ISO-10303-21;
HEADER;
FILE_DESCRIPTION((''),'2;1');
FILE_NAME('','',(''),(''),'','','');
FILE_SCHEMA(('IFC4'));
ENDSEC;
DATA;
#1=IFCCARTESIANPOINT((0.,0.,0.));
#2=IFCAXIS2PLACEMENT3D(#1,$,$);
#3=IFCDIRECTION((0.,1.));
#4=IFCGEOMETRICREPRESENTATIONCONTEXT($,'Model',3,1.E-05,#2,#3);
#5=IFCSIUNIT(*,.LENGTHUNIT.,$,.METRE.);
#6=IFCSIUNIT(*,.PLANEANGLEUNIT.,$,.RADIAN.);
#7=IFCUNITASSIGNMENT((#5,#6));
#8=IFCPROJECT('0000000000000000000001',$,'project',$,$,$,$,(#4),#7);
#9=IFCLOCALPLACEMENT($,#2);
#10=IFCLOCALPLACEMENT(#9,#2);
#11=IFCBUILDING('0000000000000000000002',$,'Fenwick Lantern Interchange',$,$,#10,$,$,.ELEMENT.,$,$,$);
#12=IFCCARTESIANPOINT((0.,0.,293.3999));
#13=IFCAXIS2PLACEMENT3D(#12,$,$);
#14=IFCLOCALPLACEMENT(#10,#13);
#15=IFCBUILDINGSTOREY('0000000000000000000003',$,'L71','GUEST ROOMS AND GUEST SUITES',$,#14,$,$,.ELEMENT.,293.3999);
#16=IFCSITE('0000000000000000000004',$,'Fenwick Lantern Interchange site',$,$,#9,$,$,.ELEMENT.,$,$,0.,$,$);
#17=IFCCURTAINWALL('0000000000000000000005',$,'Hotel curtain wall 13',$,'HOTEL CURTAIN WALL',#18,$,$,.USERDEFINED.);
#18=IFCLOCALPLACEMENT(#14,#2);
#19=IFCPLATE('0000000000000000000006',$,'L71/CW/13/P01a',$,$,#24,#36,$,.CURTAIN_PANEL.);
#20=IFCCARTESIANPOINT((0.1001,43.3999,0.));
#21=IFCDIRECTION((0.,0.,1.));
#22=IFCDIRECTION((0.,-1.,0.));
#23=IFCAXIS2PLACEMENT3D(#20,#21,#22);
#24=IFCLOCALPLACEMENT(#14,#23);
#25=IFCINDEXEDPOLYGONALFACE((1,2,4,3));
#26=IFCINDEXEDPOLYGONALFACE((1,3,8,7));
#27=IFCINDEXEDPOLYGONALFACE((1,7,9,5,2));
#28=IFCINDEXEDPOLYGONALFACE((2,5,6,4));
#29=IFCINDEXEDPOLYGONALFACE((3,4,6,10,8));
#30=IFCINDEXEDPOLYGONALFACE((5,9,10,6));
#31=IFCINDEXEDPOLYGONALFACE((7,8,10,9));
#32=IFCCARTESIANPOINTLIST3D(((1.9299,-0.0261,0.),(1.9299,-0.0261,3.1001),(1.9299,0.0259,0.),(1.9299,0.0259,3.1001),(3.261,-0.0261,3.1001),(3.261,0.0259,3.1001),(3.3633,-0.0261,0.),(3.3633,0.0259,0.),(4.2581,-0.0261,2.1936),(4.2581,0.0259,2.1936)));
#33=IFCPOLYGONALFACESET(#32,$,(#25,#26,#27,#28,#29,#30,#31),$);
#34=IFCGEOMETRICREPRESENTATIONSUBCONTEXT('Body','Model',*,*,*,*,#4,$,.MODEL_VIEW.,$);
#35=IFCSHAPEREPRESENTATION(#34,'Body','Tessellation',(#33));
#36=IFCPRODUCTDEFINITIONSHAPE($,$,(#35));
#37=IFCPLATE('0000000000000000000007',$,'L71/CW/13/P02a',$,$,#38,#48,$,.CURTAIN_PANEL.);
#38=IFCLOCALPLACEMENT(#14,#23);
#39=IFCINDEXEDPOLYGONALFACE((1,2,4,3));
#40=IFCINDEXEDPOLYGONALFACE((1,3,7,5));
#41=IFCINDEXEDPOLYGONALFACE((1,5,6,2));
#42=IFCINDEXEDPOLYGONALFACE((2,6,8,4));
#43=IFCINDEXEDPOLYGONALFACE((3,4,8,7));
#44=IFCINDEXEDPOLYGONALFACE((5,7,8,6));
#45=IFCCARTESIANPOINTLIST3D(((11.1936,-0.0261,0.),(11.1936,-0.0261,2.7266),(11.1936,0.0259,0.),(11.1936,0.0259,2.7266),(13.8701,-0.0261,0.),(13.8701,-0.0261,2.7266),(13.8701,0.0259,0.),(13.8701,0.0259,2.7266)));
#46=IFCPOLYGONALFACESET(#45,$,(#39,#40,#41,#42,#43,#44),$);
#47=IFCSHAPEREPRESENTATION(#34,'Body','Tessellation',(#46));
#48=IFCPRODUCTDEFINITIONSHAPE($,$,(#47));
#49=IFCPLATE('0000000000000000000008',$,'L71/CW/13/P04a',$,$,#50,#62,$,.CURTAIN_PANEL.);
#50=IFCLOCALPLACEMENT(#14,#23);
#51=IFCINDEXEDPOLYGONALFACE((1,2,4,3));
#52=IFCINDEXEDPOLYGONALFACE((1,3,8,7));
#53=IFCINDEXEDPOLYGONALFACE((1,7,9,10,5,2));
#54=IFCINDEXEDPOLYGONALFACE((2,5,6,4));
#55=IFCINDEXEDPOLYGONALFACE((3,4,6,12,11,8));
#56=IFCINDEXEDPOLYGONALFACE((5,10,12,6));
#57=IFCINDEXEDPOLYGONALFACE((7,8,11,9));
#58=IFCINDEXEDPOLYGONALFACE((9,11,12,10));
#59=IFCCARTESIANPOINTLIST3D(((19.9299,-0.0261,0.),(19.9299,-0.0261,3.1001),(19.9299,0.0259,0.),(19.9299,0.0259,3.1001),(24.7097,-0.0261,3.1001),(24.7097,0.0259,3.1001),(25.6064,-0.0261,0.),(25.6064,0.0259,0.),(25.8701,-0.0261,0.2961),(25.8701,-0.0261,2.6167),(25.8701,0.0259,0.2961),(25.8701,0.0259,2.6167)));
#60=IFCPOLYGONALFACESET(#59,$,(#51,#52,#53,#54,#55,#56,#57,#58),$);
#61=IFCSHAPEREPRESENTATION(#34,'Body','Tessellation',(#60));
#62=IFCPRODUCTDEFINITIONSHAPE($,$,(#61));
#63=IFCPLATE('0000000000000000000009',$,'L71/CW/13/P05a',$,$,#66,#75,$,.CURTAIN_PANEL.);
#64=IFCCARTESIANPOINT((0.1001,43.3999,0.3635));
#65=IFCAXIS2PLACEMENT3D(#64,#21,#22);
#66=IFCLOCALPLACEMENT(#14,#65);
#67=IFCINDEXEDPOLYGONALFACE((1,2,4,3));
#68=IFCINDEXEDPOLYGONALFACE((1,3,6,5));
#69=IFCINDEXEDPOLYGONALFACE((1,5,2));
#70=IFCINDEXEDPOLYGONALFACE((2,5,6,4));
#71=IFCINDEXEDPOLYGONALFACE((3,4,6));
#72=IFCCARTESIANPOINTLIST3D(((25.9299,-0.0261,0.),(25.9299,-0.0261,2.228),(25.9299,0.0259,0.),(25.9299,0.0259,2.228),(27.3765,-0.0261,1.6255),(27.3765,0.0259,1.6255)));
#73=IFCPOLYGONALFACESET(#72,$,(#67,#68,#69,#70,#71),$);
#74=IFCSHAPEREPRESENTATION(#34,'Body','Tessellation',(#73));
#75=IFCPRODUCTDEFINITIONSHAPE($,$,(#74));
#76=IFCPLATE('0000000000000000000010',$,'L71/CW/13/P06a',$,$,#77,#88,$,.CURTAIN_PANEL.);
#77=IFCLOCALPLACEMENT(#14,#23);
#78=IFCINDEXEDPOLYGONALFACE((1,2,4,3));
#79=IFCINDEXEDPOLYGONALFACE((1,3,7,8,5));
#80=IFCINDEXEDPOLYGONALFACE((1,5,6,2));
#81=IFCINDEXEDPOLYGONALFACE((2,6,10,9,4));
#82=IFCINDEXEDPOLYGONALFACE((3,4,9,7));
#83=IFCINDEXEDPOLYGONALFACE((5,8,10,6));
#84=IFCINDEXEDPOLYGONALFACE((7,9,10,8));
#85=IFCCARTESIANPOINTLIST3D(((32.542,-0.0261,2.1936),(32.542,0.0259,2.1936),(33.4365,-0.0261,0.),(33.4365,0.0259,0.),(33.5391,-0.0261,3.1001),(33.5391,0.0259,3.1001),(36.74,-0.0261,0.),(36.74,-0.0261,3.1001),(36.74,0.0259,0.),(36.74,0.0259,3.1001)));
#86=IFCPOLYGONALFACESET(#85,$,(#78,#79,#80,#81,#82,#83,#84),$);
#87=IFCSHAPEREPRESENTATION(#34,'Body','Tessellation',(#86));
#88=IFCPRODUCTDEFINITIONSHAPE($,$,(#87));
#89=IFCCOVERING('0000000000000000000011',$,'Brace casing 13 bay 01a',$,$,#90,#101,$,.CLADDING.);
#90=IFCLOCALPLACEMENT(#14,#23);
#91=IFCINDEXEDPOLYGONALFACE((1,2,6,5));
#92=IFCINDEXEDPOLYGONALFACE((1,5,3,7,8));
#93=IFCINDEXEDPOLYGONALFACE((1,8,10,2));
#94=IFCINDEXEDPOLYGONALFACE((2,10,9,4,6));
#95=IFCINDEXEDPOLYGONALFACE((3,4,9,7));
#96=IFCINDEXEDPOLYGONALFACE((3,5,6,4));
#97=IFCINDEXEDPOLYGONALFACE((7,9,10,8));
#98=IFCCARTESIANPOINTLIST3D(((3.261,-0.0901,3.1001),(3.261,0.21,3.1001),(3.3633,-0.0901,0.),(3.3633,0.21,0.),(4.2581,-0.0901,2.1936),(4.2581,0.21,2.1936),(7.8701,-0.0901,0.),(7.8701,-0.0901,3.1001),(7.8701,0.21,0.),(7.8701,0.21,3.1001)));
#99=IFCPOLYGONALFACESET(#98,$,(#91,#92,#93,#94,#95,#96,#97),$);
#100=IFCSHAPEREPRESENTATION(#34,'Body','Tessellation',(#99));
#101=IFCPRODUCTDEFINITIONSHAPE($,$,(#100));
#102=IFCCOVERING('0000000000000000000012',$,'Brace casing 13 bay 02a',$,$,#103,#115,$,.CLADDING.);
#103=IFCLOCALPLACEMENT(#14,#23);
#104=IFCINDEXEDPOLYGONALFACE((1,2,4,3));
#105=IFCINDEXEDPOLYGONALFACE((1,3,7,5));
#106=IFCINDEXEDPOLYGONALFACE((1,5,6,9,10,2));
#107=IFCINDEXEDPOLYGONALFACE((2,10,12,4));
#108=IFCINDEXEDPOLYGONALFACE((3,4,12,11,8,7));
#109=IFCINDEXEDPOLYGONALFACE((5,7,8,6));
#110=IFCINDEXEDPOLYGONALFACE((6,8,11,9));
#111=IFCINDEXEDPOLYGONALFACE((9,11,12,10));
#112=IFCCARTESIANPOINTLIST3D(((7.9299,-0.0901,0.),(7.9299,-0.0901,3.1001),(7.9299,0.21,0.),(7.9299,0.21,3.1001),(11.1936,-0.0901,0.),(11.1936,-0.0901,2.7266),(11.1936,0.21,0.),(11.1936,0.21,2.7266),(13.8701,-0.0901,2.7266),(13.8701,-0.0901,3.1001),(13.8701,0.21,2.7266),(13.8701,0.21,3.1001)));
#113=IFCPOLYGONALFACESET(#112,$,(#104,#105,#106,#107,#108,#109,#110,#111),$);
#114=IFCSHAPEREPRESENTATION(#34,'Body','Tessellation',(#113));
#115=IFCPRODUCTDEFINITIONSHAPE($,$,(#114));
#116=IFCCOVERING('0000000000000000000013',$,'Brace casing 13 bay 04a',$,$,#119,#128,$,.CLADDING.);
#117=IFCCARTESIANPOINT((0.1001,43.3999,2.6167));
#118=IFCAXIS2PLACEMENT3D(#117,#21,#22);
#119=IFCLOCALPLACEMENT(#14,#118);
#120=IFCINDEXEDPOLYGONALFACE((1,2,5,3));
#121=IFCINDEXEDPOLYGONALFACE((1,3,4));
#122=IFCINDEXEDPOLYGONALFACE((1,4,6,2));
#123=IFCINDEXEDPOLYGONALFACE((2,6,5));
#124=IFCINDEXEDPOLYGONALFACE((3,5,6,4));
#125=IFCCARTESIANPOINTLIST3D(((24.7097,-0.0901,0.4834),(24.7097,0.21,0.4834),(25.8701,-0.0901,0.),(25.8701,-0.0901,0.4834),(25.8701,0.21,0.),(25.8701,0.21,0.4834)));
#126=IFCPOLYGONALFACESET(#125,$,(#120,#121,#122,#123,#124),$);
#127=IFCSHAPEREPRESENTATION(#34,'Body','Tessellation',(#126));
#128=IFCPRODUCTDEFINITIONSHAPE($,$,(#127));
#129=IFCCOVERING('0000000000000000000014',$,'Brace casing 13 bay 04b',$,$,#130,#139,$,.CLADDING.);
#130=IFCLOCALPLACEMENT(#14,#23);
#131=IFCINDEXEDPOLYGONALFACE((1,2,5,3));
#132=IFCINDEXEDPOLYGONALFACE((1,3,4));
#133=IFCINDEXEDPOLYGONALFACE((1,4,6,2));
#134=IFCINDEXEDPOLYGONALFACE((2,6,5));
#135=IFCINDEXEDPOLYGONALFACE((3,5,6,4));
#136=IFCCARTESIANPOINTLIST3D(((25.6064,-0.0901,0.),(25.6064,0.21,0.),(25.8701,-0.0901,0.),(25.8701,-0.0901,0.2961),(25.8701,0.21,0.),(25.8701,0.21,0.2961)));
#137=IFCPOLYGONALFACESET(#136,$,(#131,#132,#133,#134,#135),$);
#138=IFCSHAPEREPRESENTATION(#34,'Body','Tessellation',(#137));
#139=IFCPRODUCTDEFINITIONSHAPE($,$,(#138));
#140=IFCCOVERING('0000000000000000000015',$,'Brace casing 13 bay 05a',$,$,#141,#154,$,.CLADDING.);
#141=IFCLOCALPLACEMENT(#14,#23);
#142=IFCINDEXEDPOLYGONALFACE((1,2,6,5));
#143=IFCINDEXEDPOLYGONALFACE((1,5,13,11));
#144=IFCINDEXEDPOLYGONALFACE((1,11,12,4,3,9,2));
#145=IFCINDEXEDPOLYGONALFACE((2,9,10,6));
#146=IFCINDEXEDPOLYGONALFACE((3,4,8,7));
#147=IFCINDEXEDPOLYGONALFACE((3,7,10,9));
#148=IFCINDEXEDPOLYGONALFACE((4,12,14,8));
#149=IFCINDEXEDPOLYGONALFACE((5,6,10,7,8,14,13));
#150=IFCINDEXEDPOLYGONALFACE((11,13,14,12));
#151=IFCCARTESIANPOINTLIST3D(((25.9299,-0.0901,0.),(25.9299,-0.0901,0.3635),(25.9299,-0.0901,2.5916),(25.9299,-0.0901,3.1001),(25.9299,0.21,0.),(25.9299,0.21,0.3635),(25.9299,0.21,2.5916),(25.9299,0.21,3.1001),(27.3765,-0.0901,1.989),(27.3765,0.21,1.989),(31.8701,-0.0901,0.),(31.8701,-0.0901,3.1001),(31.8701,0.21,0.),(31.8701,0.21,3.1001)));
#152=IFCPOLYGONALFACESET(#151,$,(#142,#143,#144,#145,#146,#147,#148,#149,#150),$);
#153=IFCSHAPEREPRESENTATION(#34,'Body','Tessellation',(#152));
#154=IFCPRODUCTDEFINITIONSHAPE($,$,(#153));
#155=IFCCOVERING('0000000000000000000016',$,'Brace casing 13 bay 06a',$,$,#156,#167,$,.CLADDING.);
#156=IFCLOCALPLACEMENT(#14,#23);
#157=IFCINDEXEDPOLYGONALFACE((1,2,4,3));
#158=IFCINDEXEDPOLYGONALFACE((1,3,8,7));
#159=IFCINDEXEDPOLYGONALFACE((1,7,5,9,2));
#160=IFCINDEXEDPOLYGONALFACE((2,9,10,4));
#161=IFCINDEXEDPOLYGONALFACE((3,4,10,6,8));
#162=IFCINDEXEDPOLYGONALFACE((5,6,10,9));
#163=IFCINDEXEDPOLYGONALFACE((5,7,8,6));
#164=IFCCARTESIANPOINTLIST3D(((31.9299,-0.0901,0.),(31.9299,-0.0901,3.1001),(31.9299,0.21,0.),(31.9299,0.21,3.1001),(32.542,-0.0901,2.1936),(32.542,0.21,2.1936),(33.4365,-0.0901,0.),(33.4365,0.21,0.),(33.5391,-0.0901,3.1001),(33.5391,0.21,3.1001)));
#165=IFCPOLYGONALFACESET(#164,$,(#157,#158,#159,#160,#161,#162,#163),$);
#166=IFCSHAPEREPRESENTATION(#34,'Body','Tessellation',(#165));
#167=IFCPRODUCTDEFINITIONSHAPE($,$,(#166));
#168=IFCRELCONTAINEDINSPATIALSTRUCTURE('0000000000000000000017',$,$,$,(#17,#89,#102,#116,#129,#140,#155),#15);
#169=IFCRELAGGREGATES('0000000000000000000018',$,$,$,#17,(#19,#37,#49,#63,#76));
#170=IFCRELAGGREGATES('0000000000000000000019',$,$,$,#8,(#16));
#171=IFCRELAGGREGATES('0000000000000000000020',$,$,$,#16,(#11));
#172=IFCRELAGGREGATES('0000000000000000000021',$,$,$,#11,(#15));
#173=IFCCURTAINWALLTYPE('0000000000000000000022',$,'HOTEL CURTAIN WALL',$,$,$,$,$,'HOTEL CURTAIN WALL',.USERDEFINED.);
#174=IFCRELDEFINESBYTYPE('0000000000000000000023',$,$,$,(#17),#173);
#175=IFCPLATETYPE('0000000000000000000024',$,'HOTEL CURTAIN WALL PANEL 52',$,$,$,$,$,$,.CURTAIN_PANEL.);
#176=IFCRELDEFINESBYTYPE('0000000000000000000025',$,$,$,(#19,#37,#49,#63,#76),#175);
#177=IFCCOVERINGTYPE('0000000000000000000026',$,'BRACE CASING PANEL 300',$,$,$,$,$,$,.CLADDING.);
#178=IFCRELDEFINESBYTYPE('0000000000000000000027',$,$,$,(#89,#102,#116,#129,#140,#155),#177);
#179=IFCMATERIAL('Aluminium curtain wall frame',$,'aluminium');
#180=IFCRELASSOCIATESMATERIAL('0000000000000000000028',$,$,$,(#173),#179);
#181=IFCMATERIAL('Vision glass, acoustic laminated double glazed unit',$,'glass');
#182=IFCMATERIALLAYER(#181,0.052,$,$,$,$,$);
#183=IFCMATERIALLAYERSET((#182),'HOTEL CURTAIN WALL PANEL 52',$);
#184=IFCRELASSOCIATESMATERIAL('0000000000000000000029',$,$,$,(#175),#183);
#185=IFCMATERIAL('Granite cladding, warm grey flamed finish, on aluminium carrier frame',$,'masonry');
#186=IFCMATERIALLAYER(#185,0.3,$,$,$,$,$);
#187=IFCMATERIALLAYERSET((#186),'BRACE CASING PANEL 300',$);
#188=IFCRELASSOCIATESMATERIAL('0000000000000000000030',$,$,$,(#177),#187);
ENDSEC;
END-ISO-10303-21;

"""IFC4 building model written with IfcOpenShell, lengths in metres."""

from ifc_helpers import new_model, si_unit, direction, frame, origin, place, context, subcontext, project, spatial, polyline, outline, extrude, material, layer, layer_set, type_object, element, aggregate, save


model = new_model("IFC4")

# Units and contexts
model_context = context("Model", 3, precision=1e-05, world=origin(), true_north=direction((0.0, 1.0)))
body_context = subcontext(model_context, "Body", "Model", "MODEL_VIEW")
ifc_project = project(units=[si_unit("LENGTHUNIT", "METRE"), si_unit("PLANEANGLEUNIT", "RADIAN")], contexts=[model_context])

# Site, building, storey
site_placement = place(None, origin())
site = spatial("IfcSite", under=ifc_project, at=site_placement, Name="Fenwick Lantern Interchange site", CompositionType="ELEMENT", RefElevation=0.0)
building_placement = place(site_placement, origin())
building = spatial("IfcBuilding", under=site, at=building_placement, Name="Fenwick Lantern Interchange", CompositionType="ELEMENT")
storey_placement = place(building_placement, frame((0.0, 0.0, 293.3999)))
storey = spatial("IfcBuildingStorey", under=building, at=storey_placement, Name="L71", Description="GUEST ROOMS AND GUEST SUITES", CompositionType="ELEMENT", Elevation=293.3999)

# Shared definitions
ifc_material_1 = material(Name="Aluminium curtain wall frame", Category="aluminium")
curtain_wall_type = type_object("IfcCurtainWallType", Name="HOTEL CURTAIN WALL", ElementType="HOTEL CURTAIN WALL", PredefinedType="USERDEFINED", material=ifc_material_1)

# Curtain wall
curtain_wall_1_placement = place(storey_placement, origin())
curtain_wall_1 = element("IfcCurtainWall", 1, at=curtain_wall_1_placement, inside=storey, type_object=curtain_wall_type, Name="Hotel curtain wall 13", ObjectType="HOTEL CURTAIN WALL", PredefinedType="USERDEFINED")

# Plates
ifc_material_2 = material(Name="Vision glass, acoustic laminated double glazed unit", Category="glass")
ifc_layer_1 = layer(ifc_material_2, 0.052)
ifc_layer_set_1 = layer_set([ifc_layer_1], Name="HOTEL CURTAIN WALL PANEL 52")
plate_type = type_object("IfcPlateType", Name="HOTEL CURTAIN WALL PANEL 52", PredefinedType="CURTAIN_PANEL", material=ifc_layer_set_1)
plate_1_placement = place(storey_placement, frame((0.1001, 43.3999, 0.0), z_axis=(0.0, 0.0, 1.0), x_axis=(0.0, -1.0, 0.0)))
plate_1 = element("IfcPlate", 2, at=plate_1_placement, type_object=plate_type, Name="L71/CW/13/P01a", PredefinedType="CURTAIN_PANEL", context=body_context, shape_type="SweptSolid", body=[
    extrude(outline(polyline([(1.9299, 0.0), (3.3633, 0.0), (4.2581, 2.1936), (3.261, 3.1001), (1.9299, 3.1001), (1.9299, 0.0)])), frame((0.0, 0.0259, 0.0), z_axis=(0.0, -1.0, 0.0), x_axis=(1.0, 0.0, 0.0)), (0.0, 0.0, 1.0), 0.052),
])
plate_2_placement = place(storey_placement, frame((0.1001, 43.3999, 0.0), z_axis=(0.0, 0.0, 1.0), x_axis=(0.0, -1.0, 0.0)))
plate_2 = element("IfcPlate", 3, at=plate_2_placement, type_object=plate_type, Name="L71/CW/13/P02a", PredefinedType="CURTAIN_PANEL", context=body_context, shape_type="SweptSolid", body=[
    extrude(outline(polyline([(11.1936, 0.0), (13.8701, 0.0), (13.8701, 2.7266), (11.1936, 2.7266), (11.1936, 0.0)])), frame((0.0, 0.0259, 0.0), z_axis=(0.0, -1.0, 0.0), x_axis=(1.0, 0.0, 0.0)), (0.0, 0.0, 1.0), 0.052),
])
plate_3_placement = place(storey_placement, frame((0.1001, 43.3999, 0.0), z_axis=(0.0, 0.0, 1.0), x_axis=(0.0, -1.0, 0.0)))
plate_3 = element("IfcPlate", 4, at=plate_3_placement, type_object=plate_type, Name="L71/CW/13/P04a", PredefinedType="CURTAIN_PANEL", context=body_context, shape_type="SweptSolid", body=[
    extrude(outline(polyline([(19.9299, 0.0), (25.6064, 0.0), (25.8701, 0.2961), (25.8701, 2.6167), (24.7097, 3.1001), (19.9299, 3.1001), (19.9299, 0.0)])), frame((0.0, 0.0259, 0.0), z_axis=(0.0, -1.0, 0.0), x_axis=(1.0, 0.0, 0.0)), (0.0, 0.0, 1.0), 0.052),
])
plate_4_placement = place(storey_placement, frame((0.1001, 43.3999, 0.3635), z_axis=(0.0, 0.0, 1.0), x_axis=(0.0, -1.0, 0.0)))
plate_4 = element("IfcPlate", 5, at=plate_4_placement, type_object=plate_type, Name="L71/CW/13/P05a", PredefinedType="CURTAIN_PANEL", context=body_context, shape_type="SweptSolid", body=[
    extrude(outline(polyline([(25.9299, 0.0), (27.3765, 1.6255), (25.9299, 2.228), (25.9299, 0.0)])), frame((0.0, 0.0259, 0.0), z_axis=(0.0, -1.0, 0.0), x_axis=(1.0, 0.0, 0.0)), (0.0, 0.0, 1.0), 0.052),
])
plate_5_placement = place(storey_placement, frame((0.1001, 43.3999, 0.0), z_axis=(0.0, 0.0, 1.0), x_axis=(0.0, -1.0, 0.0)))
plate_5 = element("IfcPlate", 6, at=plate_5_placement, type_object=plate_type, Name="L71/CW/13/P06a", PredefinedType="CURTAIN_PANEL", context=body_context, shape_type="SweptSolid", body=[
    extrude(outline(polyline([(33.4365, 0.0), (36.74, 0.0), (36.74, 3.1001), (33.5391, 3.1001), (32.542, 2.1936), (33.4365, 0.0)])), frame((0.0, 0.0259, 0.0), z_axis=(0.0, -1.0, 0.0), x_axis=(1.0, 0.0, 0.0)), (0.0, 0.0, 1.0), 0.052),
])
aggregate(curtain_wall_1, [plate_1, plate_2, plate_3, plate_4, plate_5])

# Coverings
ifc_material_3 = material(Name="Granite cladding, warm grey flamed finish, on aluminium carrier frame", Category="masonry")
ifc_layer_2 = layer(ifc_material_3, 0.3)
ifc_layer_set_2 = layer_set([ifc_layer_2], Name="BRACE CASING PANEL 300")
covering_type = type_object("IfcCoveringType", Name="BRACE CASING PANEL 300", PredefinedType="CLADDING", material=ifc_layer_set_2)
covering_1_placement = place(storey_placement, frame((0.1001, 43.3999, 0.0), z_axis=(0.0, 0.0, 1.0), x_axis=(0.0, -1.0, 0.0)))
element("IfcCovering", 7, at=covering_1_placement, inside=storey, type_object=covering_type, Name="Brace casing 13 bay 01a", PredefinedType="CLADDING", context=body_context, shape_type="SweptSolid", body=[
    extrude(outline(polyline([(3.3633, 0.0), (7.8701, 0.0), (7.8701, 3.1001), (3.261, 3.1001), (4.2581, 2.1936), (3.3633, 0.0)])), frame((0.0, 0.21, 0.0), z_axis=(0.0, -1.0, 0.0), x_axis=(1.0, 0.0, 0.0)), (0.0, 0.0, 1.0), 0.3),
])
covering_2_placement = place(storey_placement, frame((0.1001, 43.3999, 0.0), z_axis=(0.0, 0.0, 1.0), x_axis=(0.0, -1.0, 0.0)))
element("IfcCovering", 8, at=covering_2_placement, inside=storey, type_object=covering_type, Name="Brace casing 13 bay 02a", PredefinedType="CLADDING", context=body_context, shape_type="SweptSolid", body=[
    extrude(outline(polyline([(7.9299, 0.0), (11.1936, 0.0), (11.1936, 2.7266), (13.8701, 2.7266), (13.8701, 3.1001), (7.9299, 3.1001), (7.9299, 0.0)])), frame((0.0, 0.21, 0.0), z_axis=(0.0, -1.0, 0.0), x_axis=(1.0, 0.0, 0.0)), (0.0, 0.0, 1.0), 0.3),
])
covering_3_placement = place(storey_placement, frame((0.1001, 43.3999, 2.6167), z_axis=(0.0, 0.0, 1.0), x_axis=(0.0, -1.0, 0.0)))
element("IfcCovering", 9, at=covering_3_placement, inside=storey, type_object=covering_type, Name="Brace casing 13 bay 04a", PredefinedType="CLADDING", context=body_context, shape_type="SweptSolid", body=[
    extrude(outline(polyline([(25.8701, 0.0), (25.8701, 0.4834), (24.7097, 0.4834), (25.8701, 0.0)])), frame((0.0, 0.21, 0.0), z_axis=(0.0, -1.0, 0.0), x_axis=(1.0, 0.0, 0.0)), (0.0, 0.0, 1.0), 0.3),
])
covering_4_placement = place(storey_placement, frame((0.1001, 43.3999, 0.0), z_axis=(0.0, 0.0, 1.0), x_axis=(0.0, -1.0, 0.0)))
element("IfcCovering", 10, at=covering_4_placement, inside=storey, type_object=covering_type, Name="Brace casing 13 bay 04b", PredefinedType="CLADDING", context=body_context, shape_type="SweptSolid", body=[
    extrude(outline(polyline([(25.6064, 0.0), (25.8701, 0.0), (25.8701, 0.2961), (25.6064, 0.0)])), frame((0.0, 0.21, 0.0), z_axis=(0.0, -1.0, 0.0), x_axis=(1.0, 0.0, 0.0)), (0.0, 0.0, 1.0), 0.3),
])
covering_5_placement = place(storey_placement, frame((0.1001, 43.3999, 0.0), z_axis=(0.0, 0.0, 1.0), x_axis=(0.0, -1.0, 0.0)))
element("IfcCovering", 11, at=covering_5_placement, inside=storey, type_object=covering_type, Name="Brace casing 13 bay 05a", PredefinedType="CLADDING", context=body_context, shape_type="SweptSolid", body=[
    extrude(outline(polyline([(25.9299, 0.0), (31.8701, 0.0), (31.8701, 3.1001), (25.9299, 3.1001), (25.9299, 2.5916), (27.3765, 1.989), (25.9299, 0.3635), (25.9299, 0.0)])), frame((0.0, 0.21, 0.0), z_axis=(0.0, -1.0, 0.0), x_axis=(1.0, 0.0, 0.0)), (0.0, 0.0, 1.0), 0.3),
])
covering_6_placement = place(storey_placement, frame((0.1001, 43.3999, 0.0), z_axis=(0.0, 0.0, 1.0), x_axis=(0.0, -1.0, 0.0)))
element("IfcCovering", 12, at=covering_6_placement, inside=storey, type_object=covering_type, Name="Brace casing 13 bay 06a", PredefinedType="CLADDING", context=body_context, shape_type="SweptSolid", body=[
    extrude(outline(polyline([(31.9299, 0.0), (33.4365, 0.0), (32.542, 2.1936), (33.5391, 3.1001), (31.9299, 3.1001), (31.9299, 0.0)])), frame((0.0, 0.21, 0.0), z_axis=(0.0, -1.0, 0.0), x_axis=(1.0, 0.0, 0.0)), (0.0, 0.0, 1.0), 0.3),
])

save(model, "model.ifc")
